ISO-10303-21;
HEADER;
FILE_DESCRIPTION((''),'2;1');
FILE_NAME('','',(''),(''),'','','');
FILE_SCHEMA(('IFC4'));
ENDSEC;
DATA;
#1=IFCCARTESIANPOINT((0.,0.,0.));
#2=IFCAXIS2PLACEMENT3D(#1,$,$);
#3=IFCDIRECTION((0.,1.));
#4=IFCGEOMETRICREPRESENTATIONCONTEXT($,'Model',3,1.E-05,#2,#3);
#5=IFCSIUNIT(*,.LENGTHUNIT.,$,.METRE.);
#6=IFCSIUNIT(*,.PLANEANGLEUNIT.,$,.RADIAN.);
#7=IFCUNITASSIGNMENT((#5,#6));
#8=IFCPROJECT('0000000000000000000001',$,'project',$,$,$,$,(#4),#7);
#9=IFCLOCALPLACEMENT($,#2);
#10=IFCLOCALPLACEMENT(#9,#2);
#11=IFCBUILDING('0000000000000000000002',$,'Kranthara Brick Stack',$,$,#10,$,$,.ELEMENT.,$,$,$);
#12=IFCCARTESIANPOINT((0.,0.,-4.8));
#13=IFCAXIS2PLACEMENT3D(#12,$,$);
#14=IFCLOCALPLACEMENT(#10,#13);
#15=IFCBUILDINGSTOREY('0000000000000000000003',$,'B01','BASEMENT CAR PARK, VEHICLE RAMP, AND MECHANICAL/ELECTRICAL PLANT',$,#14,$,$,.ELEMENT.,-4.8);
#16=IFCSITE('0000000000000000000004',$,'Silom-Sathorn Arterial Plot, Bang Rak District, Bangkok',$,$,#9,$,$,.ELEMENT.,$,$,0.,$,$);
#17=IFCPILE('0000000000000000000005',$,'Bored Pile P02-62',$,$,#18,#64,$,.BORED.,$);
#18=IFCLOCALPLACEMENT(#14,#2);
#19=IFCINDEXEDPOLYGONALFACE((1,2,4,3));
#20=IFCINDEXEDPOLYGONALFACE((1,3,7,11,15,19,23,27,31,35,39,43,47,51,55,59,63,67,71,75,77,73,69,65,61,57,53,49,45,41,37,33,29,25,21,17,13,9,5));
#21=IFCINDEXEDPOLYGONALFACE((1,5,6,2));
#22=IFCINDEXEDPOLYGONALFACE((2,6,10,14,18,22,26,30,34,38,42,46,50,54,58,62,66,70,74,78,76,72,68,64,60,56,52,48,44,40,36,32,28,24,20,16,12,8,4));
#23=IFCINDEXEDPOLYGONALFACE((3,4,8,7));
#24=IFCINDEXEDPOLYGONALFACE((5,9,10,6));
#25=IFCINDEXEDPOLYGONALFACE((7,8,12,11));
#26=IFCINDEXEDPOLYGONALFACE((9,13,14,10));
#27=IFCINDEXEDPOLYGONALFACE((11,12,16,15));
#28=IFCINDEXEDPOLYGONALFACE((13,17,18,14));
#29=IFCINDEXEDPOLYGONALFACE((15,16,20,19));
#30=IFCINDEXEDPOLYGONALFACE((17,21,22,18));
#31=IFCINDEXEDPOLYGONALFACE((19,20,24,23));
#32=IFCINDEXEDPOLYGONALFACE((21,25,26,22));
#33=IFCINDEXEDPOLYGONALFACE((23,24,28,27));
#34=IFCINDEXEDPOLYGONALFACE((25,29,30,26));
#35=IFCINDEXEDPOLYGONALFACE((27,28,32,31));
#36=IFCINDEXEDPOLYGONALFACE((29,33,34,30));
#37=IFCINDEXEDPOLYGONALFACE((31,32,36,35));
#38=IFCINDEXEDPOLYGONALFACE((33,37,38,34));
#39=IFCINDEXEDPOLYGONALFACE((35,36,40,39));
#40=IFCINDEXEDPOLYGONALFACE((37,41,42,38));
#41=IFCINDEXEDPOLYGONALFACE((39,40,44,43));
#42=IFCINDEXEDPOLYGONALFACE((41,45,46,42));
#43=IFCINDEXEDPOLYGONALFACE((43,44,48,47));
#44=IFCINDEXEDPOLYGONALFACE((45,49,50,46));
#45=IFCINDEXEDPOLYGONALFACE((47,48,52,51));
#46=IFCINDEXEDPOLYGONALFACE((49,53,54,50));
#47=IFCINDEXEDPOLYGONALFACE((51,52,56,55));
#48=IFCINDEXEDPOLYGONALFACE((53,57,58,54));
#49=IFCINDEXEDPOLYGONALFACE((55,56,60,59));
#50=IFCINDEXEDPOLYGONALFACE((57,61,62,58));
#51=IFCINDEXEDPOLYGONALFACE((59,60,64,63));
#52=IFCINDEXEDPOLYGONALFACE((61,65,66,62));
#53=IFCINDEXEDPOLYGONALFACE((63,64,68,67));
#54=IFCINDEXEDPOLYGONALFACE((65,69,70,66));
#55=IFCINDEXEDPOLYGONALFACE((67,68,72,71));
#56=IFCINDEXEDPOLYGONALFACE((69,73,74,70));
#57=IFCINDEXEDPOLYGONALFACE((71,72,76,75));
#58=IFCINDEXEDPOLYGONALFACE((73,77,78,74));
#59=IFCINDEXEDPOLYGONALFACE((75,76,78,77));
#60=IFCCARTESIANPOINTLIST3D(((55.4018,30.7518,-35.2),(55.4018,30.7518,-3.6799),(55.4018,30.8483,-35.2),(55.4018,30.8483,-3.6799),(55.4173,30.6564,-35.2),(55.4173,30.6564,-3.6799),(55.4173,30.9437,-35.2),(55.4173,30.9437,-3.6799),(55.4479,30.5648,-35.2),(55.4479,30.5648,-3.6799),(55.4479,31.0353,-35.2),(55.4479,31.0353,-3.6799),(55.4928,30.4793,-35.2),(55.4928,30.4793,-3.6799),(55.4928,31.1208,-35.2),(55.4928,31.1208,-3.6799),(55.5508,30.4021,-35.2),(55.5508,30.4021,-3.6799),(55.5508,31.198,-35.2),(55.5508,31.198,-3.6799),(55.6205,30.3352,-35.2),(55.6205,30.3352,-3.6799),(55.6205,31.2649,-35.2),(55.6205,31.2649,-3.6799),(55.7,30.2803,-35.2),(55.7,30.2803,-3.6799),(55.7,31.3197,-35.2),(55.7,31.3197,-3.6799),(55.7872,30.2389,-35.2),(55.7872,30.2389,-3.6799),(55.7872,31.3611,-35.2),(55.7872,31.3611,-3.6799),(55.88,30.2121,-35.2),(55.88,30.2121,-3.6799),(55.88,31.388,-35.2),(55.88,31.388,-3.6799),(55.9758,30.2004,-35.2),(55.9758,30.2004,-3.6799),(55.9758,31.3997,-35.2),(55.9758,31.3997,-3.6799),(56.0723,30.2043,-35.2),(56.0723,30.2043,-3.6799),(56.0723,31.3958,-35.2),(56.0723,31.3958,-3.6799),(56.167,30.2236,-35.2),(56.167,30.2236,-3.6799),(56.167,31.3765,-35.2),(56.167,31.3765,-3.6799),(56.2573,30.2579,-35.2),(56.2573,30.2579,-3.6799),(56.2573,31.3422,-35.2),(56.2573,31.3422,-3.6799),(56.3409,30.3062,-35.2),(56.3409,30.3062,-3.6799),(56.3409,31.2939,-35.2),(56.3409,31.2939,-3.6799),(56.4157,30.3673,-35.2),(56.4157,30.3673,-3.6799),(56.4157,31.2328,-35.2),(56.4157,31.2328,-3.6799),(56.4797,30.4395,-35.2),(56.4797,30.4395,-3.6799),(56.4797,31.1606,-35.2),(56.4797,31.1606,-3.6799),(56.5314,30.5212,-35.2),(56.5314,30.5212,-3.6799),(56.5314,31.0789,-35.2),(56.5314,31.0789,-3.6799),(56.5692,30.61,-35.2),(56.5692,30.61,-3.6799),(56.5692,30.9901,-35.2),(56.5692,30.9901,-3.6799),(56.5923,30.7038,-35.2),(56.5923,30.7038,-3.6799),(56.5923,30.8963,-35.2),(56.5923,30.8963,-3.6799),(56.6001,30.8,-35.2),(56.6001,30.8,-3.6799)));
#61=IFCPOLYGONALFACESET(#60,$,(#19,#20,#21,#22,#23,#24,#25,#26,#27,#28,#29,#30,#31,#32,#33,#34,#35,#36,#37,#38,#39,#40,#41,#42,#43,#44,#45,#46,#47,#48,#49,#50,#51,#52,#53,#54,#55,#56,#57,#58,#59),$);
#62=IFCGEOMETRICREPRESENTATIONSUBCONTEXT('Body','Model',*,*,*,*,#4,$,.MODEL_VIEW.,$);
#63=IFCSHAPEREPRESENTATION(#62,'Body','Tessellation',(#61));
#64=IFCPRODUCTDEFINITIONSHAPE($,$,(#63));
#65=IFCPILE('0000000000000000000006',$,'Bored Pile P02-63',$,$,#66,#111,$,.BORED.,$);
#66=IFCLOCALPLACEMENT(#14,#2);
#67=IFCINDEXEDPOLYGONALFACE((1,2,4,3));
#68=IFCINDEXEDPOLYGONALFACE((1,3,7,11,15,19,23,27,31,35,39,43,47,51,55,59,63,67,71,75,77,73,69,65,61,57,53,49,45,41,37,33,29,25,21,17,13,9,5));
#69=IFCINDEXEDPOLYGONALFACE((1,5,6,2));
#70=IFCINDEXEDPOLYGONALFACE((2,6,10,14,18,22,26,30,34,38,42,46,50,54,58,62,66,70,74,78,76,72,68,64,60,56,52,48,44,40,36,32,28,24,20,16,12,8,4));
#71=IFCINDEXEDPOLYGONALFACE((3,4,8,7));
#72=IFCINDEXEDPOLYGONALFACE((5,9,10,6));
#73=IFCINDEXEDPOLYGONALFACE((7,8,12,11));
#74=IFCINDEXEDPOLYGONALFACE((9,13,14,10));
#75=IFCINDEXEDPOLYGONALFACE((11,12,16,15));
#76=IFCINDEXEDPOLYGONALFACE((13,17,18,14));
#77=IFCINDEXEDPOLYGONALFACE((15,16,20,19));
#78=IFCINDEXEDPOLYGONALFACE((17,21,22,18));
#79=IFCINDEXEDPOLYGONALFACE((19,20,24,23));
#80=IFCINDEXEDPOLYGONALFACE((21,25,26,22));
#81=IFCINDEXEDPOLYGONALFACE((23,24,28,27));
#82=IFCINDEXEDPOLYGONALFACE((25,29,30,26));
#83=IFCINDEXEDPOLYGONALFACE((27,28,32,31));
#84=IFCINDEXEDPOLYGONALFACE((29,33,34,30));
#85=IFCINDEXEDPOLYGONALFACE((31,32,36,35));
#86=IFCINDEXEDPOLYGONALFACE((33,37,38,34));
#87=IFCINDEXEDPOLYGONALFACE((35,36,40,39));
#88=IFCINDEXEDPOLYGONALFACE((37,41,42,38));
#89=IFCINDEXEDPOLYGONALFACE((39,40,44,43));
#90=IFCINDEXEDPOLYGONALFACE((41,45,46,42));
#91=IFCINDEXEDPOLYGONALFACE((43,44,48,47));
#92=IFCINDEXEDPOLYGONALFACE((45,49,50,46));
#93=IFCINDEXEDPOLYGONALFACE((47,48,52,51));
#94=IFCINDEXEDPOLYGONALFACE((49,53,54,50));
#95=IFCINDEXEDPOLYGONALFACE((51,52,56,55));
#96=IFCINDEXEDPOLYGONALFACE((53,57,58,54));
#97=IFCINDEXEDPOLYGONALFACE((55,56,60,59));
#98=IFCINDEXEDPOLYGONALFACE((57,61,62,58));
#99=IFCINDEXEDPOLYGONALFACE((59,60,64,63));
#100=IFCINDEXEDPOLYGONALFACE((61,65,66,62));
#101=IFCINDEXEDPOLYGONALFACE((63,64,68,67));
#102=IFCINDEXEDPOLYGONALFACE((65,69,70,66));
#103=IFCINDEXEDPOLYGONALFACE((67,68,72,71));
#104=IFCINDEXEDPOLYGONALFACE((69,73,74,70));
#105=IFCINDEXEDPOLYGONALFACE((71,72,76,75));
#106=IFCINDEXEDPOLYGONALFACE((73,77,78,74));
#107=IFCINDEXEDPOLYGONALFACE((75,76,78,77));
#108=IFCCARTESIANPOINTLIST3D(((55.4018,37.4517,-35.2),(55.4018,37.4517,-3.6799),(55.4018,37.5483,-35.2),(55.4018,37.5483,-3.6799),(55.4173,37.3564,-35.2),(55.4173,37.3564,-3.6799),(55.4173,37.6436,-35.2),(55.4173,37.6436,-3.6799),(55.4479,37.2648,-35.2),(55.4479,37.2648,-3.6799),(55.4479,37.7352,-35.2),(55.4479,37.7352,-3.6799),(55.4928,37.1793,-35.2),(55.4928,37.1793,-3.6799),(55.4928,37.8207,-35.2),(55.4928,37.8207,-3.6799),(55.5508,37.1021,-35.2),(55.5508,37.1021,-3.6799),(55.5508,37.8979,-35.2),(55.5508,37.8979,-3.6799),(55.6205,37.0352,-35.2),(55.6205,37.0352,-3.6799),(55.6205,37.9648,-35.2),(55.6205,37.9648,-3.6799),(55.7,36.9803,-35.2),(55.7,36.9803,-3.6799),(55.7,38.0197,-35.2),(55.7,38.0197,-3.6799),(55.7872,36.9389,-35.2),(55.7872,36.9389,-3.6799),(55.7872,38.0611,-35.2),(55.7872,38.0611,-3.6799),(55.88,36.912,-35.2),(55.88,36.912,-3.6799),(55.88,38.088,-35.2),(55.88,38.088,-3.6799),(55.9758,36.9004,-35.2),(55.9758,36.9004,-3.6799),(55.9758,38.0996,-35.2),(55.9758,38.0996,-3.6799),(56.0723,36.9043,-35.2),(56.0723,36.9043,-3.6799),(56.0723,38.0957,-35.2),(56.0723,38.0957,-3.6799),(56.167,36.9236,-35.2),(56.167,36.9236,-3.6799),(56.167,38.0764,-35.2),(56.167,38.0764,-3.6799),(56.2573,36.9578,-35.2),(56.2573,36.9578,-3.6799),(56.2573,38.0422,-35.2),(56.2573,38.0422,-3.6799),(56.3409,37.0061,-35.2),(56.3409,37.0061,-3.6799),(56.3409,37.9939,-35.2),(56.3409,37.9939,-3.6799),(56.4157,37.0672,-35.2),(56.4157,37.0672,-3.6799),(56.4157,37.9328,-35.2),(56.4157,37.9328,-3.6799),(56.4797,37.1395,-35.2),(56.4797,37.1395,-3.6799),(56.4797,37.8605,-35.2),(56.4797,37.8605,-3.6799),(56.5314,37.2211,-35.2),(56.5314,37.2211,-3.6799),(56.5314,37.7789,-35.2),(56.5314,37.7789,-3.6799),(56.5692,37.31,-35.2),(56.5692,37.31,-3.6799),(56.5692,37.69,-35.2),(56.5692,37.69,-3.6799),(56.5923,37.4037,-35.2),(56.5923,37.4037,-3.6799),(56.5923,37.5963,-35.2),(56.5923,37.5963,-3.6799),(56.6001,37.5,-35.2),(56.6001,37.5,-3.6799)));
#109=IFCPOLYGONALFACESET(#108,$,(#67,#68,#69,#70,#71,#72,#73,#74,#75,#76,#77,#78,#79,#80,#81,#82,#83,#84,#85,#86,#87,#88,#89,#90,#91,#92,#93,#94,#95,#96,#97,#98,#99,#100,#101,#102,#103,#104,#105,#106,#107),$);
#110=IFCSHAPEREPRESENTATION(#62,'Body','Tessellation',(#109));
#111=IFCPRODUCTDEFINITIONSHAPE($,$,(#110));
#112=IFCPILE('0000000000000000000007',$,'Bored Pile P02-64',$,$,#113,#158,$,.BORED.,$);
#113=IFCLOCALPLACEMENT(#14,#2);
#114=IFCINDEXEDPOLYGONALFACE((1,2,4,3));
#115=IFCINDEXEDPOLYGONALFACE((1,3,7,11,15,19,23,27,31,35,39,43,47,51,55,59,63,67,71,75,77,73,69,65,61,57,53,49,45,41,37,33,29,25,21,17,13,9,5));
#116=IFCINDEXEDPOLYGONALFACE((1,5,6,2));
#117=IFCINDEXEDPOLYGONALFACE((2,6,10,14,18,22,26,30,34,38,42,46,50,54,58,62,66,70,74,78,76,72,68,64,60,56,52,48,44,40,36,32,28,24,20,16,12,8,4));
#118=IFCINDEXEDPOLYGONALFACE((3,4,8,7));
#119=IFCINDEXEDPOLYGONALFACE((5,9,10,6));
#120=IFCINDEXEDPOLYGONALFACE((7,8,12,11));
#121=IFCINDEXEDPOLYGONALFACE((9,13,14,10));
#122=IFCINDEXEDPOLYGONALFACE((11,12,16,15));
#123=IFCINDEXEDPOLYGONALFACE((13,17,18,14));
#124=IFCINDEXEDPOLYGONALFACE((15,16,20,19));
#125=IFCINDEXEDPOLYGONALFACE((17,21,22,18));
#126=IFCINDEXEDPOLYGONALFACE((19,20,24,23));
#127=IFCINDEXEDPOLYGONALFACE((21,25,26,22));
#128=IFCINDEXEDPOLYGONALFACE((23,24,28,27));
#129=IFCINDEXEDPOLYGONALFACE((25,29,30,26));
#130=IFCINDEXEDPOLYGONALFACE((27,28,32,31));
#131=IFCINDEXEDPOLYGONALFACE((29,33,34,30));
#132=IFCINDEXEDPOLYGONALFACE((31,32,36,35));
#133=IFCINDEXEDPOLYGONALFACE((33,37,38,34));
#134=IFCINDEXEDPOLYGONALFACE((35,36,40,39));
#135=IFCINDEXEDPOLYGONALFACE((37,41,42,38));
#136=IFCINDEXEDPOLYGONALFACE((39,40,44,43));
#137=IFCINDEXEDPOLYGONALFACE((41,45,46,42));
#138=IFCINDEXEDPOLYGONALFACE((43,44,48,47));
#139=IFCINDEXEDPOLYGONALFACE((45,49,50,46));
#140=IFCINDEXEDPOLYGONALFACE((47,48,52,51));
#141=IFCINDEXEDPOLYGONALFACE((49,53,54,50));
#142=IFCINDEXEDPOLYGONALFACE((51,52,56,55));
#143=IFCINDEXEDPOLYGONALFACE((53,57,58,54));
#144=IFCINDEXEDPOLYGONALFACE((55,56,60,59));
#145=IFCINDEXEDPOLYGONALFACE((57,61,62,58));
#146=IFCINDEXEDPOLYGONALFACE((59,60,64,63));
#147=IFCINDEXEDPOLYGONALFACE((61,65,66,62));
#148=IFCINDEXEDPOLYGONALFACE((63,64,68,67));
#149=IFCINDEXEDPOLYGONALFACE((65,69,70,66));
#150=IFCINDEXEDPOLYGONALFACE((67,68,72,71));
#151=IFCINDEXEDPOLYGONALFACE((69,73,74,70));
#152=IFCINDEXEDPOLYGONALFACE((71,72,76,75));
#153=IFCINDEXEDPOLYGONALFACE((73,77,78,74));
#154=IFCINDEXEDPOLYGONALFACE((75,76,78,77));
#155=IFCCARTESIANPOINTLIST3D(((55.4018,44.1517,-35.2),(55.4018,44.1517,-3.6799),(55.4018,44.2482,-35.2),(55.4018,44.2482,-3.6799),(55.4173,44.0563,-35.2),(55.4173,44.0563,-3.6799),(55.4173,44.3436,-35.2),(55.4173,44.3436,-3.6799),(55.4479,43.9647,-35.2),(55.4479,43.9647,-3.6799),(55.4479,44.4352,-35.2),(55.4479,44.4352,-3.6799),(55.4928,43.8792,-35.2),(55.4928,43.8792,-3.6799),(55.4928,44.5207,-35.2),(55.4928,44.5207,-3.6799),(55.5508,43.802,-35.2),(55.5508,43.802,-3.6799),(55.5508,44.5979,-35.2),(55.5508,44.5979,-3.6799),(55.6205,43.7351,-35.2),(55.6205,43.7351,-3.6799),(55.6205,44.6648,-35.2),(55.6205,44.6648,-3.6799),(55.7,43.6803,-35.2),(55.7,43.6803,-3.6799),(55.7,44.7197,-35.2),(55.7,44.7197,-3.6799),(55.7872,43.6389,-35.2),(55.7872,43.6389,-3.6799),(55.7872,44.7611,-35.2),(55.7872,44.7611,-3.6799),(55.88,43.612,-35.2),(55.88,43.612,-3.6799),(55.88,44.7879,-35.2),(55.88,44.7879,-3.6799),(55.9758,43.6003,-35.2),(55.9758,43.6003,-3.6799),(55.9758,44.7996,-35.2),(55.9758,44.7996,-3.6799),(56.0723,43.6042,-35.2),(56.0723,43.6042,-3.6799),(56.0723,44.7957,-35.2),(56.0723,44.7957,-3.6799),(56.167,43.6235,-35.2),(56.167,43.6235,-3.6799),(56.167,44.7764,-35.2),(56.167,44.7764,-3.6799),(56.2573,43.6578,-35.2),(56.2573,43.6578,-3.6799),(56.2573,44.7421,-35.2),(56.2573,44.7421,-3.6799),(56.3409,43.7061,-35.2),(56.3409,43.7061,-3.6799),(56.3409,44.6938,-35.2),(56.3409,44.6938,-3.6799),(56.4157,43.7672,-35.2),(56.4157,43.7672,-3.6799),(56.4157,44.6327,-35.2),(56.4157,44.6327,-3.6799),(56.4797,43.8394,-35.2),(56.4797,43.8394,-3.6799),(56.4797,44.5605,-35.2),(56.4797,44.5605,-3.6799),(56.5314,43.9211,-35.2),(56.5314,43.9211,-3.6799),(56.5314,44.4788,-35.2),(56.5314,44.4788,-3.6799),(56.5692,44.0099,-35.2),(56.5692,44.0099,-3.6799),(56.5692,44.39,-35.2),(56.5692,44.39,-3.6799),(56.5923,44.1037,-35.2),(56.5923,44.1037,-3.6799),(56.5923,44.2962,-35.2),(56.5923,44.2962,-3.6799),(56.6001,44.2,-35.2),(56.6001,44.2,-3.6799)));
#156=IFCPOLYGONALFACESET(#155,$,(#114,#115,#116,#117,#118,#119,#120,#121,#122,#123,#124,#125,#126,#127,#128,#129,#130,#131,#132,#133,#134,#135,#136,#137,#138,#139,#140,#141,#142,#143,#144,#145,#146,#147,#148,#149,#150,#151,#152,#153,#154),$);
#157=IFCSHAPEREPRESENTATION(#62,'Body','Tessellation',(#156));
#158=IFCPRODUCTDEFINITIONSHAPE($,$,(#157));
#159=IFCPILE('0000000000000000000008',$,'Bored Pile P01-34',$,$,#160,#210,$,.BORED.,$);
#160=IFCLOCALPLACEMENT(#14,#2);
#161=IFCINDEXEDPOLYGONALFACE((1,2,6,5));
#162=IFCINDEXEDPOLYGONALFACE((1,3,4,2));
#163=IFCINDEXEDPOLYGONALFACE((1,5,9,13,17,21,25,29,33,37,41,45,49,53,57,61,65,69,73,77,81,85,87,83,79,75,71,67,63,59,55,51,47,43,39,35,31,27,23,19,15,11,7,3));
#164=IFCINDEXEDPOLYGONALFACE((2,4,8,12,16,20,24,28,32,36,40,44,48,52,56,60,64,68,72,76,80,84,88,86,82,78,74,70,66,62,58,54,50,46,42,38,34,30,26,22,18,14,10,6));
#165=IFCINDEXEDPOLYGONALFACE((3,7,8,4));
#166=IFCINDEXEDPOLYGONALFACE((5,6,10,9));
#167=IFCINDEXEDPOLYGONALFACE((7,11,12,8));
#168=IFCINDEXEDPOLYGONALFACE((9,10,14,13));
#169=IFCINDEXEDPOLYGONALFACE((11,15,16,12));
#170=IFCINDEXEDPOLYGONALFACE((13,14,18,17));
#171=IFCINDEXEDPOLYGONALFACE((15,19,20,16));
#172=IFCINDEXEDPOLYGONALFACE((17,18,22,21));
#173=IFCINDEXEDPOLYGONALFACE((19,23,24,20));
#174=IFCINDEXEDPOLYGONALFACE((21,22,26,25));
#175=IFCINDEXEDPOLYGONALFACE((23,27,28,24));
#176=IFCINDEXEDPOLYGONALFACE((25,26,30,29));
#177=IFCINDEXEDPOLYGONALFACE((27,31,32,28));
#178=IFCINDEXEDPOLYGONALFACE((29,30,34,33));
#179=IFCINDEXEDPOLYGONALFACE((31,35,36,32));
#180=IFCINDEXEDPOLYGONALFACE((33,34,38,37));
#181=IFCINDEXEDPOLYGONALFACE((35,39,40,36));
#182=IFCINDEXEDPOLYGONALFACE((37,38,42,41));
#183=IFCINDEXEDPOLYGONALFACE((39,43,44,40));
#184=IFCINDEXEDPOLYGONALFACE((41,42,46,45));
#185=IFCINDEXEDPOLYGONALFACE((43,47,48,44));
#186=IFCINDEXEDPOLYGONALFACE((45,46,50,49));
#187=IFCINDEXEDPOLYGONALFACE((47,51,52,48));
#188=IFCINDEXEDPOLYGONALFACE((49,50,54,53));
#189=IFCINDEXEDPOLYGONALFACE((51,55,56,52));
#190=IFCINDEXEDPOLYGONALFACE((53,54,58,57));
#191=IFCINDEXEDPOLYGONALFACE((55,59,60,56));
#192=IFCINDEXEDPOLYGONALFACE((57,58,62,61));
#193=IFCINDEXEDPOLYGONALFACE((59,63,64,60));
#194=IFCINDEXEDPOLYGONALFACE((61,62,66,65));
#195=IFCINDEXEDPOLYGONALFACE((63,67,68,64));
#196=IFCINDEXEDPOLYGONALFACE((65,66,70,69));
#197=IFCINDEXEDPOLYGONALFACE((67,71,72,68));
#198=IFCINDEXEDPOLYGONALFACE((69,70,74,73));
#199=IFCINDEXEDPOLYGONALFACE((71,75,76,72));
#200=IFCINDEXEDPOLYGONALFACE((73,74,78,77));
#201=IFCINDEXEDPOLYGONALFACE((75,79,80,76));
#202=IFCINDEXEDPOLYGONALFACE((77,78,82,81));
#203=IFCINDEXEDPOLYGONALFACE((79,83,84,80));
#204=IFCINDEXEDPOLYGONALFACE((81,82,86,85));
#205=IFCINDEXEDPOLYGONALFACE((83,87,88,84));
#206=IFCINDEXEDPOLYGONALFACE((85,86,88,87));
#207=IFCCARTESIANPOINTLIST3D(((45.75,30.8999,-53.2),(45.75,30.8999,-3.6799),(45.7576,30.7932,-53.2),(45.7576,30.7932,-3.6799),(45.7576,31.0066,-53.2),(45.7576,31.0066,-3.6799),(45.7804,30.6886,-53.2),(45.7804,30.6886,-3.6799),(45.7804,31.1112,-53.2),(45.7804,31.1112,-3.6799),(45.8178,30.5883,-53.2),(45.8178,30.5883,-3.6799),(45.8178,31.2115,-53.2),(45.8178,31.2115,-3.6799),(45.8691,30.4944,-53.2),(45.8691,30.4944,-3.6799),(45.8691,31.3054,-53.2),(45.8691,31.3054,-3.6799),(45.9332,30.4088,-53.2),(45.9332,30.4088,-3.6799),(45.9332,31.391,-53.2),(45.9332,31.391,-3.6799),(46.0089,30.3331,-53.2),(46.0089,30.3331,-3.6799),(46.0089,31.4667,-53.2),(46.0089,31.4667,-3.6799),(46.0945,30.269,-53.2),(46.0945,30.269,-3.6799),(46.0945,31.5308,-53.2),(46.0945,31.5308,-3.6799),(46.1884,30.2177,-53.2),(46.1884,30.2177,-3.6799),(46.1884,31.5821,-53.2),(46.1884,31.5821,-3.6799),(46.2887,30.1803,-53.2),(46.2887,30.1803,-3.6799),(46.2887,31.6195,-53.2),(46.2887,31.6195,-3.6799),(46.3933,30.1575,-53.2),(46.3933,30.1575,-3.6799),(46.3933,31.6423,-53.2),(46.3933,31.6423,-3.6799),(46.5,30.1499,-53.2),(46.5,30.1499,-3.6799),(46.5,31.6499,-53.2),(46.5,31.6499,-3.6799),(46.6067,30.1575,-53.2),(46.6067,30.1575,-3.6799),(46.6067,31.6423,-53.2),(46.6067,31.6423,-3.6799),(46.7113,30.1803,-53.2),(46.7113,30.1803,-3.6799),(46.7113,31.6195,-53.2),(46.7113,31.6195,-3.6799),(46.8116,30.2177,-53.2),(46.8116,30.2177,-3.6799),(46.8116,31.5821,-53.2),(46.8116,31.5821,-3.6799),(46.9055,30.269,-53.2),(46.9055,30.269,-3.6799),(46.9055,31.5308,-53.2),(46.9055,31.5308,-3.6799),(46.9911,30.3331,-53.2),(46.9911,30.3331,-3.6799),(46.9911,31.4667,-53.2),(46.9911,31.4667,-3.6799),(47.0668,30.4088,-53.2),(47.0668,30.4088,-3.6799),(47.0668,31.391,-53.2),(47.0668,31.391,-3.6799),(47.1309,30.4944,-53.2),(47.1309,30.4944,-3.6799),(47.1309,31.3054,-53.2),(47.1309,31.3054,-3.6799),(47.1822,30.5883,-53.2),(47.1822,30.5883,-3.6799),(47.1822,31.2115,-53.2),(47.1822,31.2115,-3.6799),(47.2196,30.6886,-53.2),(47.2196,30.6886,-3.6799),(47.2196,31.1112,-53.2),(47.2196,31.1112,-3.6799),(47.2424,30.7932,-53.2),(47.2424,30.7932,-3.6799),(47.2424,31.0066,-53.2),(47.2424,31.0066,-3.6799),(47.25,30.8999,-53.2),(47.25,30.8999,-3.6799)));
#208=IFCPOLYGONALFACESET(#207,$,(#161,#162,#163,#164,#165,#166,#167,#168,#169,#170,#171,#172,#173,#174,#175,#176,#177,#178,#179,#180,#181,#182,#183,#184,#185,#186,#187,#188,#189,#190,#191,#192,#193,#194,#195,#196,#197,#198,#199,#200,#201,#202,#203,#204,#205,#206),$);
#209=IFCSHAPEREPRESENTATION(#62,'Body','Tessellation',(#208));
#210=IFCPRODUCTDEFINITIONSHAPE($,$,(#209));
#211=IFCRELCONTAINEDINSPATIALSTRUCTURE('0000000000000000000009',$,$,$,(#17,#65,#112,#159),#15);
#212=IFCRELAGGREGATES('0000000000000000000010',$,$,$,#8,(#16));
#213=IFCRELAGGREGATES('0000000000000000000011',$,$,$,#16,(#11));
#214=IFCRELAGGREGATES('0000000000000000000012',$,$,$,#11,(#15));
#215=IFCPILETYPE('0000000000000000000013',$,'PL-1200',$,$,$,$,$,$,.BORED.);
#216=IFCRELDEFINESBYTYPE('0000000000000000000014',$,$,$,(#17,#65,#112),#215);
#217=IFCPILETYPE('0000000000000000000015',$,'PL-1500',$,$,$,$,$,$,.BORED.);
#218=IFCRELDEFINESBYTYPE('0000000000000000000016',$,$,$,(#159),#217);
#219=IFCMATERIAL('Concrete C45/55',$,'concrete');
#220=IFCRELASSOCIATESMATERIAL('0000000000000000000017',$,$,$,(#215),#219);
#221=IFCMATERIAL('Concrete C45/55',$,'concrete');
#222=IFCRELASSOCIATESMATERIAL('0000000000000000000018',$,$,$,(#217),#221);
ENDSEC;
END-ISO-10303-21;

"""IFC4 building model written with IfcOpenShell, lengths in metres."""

from ifc_helpers import new_model, si_unit, direction, frame, origin, origin_2d, place, context, subcontext, project, spatial, circle, extrude, material, material_profile, profile_set, type_object, element, save


model = new_model("IFC4")

# Units and contexts
model_context = context("Model", 3, precision=1e-05, world=origin(), true_north=direction((0.0, 1.0)))
body_context = subcontext(model_context, "Body", "Model", "MODEL_VIEW")
ifc_project = project(units=[si_unit("LENGTHUNIT", "METRE"), si_unit("PLANEANGLEUNIT", "RADIAN")], contexts=[model_context])

# Site, building, storey
site_placement = place(None, origin())
site = spatial("IfcSite", under=ifc_project, at=site_placement, Name="Silom-Sathorn Arterial Plot, Bang Rak District, Bangkok", CompositionType="ELEMENT", RefElevation=0.0)
building_placement = place(site_placement, origin())
building = spatial("IfcBuilding", under=site, at=building_placement, Name="Kranthara Brick Stack", CompositionType="ELEMENT")
storey_placement = place(building_placement, frame((0.0, 0.0, -4.8)))
storey = spatial("IfcBuildingStorey", under=building, at=storey_placement, Name="B01", Description="BASEMENT CAR PARK, VEHICLE RAMP, AND MECHANICAL/ELECTRICAL PLANT", CompositionType="ELEMENT", Elevation=-4.8)

# Piles
ifc_material_1 = material(Name="Concrete C45/55", Category="concrete")
ifc_material_profile_1 = material_profile(ifc_material_1, circle(Radius=0.6001, at=origin_2d()), Name="BORED PILE 1200")
ifc_profile_set_1 = profile_set([ifc_material_profile_1], Name="Concrete C45/55")
pile_type_1 = type_object("IfcPileType", Name="PL-1200", PredefinedType="BORED", material=ifc_profile_set_1)
for number, where, z_axis, x_axis, name in (
    (1, (56.0, 30.8, -3.6799), (0.0, 0.0, -1.0), (1.0, 0.0, 0.0), "Bored Pile P02-62"),
    (2, (56.0, 37.5, -3.6799), (0.0, 0.0, -1.0), (1.0, 0.0, 0.0), "Bored Pile P02-63"),
    (3, (56.0, 44.2, -3.6799), (0.0, 0.0, -1.0), (1.0, 0.0, 0.0), "Bored Pile P02-64"),
):
    element("IfcPile", number, at=place(storey_placement, frame(where, z_axis=z_axis, x_axis=x_axis)), inside=storey, type_object=pile_type_1, Name=name, PredefinedType="BORED", context=body_context, shape_type="SweptSolid", body=[
        extrude(circle(Radius=0.6001, at=origin_2d()), origin(), (0.0, 0.0, 1.0), 31.52),
    ])
ifc_material_2 = material(Name="Concrete C45/55", Category="concrete")
ifc_material_profile_2 = material_profile(ifc_material_2, circle(Radius=0.75, at=origin_2d()), Name="BORED PILE 1500")
ifc_profile_set_2 = profile_set([ifc_material_profile_2], Name="Concrete C45/55")
pile_type_2 = type_object("IfcPileType", Name="PL-1500", PredefinedType="BORED", material=ifc_profile_set_2)
for number, where, z_axis, x_axis, name in (
    (4, (46.5, 30.8999, -3.6799), (0.0, 0.0, -1.0), (1.0, 0.0, 0.0), "Bored Pile P01-34"),
):
    element("IfcPile", number, at=place(storey_placement, frame(where, z_axis=z_axis, x_axis=x_axis)), inside=storey, type_object=pile_type_2, Name=name, PredefinedType="BORED", context=body_context, shape_type="SweptSolid", body=[
        extrude(circle(Radius=0.75, at=origin_2d()), origin(), (0.0, 0.0, 1.0), 49.52),
    ])

save(model, "model.ifc")
